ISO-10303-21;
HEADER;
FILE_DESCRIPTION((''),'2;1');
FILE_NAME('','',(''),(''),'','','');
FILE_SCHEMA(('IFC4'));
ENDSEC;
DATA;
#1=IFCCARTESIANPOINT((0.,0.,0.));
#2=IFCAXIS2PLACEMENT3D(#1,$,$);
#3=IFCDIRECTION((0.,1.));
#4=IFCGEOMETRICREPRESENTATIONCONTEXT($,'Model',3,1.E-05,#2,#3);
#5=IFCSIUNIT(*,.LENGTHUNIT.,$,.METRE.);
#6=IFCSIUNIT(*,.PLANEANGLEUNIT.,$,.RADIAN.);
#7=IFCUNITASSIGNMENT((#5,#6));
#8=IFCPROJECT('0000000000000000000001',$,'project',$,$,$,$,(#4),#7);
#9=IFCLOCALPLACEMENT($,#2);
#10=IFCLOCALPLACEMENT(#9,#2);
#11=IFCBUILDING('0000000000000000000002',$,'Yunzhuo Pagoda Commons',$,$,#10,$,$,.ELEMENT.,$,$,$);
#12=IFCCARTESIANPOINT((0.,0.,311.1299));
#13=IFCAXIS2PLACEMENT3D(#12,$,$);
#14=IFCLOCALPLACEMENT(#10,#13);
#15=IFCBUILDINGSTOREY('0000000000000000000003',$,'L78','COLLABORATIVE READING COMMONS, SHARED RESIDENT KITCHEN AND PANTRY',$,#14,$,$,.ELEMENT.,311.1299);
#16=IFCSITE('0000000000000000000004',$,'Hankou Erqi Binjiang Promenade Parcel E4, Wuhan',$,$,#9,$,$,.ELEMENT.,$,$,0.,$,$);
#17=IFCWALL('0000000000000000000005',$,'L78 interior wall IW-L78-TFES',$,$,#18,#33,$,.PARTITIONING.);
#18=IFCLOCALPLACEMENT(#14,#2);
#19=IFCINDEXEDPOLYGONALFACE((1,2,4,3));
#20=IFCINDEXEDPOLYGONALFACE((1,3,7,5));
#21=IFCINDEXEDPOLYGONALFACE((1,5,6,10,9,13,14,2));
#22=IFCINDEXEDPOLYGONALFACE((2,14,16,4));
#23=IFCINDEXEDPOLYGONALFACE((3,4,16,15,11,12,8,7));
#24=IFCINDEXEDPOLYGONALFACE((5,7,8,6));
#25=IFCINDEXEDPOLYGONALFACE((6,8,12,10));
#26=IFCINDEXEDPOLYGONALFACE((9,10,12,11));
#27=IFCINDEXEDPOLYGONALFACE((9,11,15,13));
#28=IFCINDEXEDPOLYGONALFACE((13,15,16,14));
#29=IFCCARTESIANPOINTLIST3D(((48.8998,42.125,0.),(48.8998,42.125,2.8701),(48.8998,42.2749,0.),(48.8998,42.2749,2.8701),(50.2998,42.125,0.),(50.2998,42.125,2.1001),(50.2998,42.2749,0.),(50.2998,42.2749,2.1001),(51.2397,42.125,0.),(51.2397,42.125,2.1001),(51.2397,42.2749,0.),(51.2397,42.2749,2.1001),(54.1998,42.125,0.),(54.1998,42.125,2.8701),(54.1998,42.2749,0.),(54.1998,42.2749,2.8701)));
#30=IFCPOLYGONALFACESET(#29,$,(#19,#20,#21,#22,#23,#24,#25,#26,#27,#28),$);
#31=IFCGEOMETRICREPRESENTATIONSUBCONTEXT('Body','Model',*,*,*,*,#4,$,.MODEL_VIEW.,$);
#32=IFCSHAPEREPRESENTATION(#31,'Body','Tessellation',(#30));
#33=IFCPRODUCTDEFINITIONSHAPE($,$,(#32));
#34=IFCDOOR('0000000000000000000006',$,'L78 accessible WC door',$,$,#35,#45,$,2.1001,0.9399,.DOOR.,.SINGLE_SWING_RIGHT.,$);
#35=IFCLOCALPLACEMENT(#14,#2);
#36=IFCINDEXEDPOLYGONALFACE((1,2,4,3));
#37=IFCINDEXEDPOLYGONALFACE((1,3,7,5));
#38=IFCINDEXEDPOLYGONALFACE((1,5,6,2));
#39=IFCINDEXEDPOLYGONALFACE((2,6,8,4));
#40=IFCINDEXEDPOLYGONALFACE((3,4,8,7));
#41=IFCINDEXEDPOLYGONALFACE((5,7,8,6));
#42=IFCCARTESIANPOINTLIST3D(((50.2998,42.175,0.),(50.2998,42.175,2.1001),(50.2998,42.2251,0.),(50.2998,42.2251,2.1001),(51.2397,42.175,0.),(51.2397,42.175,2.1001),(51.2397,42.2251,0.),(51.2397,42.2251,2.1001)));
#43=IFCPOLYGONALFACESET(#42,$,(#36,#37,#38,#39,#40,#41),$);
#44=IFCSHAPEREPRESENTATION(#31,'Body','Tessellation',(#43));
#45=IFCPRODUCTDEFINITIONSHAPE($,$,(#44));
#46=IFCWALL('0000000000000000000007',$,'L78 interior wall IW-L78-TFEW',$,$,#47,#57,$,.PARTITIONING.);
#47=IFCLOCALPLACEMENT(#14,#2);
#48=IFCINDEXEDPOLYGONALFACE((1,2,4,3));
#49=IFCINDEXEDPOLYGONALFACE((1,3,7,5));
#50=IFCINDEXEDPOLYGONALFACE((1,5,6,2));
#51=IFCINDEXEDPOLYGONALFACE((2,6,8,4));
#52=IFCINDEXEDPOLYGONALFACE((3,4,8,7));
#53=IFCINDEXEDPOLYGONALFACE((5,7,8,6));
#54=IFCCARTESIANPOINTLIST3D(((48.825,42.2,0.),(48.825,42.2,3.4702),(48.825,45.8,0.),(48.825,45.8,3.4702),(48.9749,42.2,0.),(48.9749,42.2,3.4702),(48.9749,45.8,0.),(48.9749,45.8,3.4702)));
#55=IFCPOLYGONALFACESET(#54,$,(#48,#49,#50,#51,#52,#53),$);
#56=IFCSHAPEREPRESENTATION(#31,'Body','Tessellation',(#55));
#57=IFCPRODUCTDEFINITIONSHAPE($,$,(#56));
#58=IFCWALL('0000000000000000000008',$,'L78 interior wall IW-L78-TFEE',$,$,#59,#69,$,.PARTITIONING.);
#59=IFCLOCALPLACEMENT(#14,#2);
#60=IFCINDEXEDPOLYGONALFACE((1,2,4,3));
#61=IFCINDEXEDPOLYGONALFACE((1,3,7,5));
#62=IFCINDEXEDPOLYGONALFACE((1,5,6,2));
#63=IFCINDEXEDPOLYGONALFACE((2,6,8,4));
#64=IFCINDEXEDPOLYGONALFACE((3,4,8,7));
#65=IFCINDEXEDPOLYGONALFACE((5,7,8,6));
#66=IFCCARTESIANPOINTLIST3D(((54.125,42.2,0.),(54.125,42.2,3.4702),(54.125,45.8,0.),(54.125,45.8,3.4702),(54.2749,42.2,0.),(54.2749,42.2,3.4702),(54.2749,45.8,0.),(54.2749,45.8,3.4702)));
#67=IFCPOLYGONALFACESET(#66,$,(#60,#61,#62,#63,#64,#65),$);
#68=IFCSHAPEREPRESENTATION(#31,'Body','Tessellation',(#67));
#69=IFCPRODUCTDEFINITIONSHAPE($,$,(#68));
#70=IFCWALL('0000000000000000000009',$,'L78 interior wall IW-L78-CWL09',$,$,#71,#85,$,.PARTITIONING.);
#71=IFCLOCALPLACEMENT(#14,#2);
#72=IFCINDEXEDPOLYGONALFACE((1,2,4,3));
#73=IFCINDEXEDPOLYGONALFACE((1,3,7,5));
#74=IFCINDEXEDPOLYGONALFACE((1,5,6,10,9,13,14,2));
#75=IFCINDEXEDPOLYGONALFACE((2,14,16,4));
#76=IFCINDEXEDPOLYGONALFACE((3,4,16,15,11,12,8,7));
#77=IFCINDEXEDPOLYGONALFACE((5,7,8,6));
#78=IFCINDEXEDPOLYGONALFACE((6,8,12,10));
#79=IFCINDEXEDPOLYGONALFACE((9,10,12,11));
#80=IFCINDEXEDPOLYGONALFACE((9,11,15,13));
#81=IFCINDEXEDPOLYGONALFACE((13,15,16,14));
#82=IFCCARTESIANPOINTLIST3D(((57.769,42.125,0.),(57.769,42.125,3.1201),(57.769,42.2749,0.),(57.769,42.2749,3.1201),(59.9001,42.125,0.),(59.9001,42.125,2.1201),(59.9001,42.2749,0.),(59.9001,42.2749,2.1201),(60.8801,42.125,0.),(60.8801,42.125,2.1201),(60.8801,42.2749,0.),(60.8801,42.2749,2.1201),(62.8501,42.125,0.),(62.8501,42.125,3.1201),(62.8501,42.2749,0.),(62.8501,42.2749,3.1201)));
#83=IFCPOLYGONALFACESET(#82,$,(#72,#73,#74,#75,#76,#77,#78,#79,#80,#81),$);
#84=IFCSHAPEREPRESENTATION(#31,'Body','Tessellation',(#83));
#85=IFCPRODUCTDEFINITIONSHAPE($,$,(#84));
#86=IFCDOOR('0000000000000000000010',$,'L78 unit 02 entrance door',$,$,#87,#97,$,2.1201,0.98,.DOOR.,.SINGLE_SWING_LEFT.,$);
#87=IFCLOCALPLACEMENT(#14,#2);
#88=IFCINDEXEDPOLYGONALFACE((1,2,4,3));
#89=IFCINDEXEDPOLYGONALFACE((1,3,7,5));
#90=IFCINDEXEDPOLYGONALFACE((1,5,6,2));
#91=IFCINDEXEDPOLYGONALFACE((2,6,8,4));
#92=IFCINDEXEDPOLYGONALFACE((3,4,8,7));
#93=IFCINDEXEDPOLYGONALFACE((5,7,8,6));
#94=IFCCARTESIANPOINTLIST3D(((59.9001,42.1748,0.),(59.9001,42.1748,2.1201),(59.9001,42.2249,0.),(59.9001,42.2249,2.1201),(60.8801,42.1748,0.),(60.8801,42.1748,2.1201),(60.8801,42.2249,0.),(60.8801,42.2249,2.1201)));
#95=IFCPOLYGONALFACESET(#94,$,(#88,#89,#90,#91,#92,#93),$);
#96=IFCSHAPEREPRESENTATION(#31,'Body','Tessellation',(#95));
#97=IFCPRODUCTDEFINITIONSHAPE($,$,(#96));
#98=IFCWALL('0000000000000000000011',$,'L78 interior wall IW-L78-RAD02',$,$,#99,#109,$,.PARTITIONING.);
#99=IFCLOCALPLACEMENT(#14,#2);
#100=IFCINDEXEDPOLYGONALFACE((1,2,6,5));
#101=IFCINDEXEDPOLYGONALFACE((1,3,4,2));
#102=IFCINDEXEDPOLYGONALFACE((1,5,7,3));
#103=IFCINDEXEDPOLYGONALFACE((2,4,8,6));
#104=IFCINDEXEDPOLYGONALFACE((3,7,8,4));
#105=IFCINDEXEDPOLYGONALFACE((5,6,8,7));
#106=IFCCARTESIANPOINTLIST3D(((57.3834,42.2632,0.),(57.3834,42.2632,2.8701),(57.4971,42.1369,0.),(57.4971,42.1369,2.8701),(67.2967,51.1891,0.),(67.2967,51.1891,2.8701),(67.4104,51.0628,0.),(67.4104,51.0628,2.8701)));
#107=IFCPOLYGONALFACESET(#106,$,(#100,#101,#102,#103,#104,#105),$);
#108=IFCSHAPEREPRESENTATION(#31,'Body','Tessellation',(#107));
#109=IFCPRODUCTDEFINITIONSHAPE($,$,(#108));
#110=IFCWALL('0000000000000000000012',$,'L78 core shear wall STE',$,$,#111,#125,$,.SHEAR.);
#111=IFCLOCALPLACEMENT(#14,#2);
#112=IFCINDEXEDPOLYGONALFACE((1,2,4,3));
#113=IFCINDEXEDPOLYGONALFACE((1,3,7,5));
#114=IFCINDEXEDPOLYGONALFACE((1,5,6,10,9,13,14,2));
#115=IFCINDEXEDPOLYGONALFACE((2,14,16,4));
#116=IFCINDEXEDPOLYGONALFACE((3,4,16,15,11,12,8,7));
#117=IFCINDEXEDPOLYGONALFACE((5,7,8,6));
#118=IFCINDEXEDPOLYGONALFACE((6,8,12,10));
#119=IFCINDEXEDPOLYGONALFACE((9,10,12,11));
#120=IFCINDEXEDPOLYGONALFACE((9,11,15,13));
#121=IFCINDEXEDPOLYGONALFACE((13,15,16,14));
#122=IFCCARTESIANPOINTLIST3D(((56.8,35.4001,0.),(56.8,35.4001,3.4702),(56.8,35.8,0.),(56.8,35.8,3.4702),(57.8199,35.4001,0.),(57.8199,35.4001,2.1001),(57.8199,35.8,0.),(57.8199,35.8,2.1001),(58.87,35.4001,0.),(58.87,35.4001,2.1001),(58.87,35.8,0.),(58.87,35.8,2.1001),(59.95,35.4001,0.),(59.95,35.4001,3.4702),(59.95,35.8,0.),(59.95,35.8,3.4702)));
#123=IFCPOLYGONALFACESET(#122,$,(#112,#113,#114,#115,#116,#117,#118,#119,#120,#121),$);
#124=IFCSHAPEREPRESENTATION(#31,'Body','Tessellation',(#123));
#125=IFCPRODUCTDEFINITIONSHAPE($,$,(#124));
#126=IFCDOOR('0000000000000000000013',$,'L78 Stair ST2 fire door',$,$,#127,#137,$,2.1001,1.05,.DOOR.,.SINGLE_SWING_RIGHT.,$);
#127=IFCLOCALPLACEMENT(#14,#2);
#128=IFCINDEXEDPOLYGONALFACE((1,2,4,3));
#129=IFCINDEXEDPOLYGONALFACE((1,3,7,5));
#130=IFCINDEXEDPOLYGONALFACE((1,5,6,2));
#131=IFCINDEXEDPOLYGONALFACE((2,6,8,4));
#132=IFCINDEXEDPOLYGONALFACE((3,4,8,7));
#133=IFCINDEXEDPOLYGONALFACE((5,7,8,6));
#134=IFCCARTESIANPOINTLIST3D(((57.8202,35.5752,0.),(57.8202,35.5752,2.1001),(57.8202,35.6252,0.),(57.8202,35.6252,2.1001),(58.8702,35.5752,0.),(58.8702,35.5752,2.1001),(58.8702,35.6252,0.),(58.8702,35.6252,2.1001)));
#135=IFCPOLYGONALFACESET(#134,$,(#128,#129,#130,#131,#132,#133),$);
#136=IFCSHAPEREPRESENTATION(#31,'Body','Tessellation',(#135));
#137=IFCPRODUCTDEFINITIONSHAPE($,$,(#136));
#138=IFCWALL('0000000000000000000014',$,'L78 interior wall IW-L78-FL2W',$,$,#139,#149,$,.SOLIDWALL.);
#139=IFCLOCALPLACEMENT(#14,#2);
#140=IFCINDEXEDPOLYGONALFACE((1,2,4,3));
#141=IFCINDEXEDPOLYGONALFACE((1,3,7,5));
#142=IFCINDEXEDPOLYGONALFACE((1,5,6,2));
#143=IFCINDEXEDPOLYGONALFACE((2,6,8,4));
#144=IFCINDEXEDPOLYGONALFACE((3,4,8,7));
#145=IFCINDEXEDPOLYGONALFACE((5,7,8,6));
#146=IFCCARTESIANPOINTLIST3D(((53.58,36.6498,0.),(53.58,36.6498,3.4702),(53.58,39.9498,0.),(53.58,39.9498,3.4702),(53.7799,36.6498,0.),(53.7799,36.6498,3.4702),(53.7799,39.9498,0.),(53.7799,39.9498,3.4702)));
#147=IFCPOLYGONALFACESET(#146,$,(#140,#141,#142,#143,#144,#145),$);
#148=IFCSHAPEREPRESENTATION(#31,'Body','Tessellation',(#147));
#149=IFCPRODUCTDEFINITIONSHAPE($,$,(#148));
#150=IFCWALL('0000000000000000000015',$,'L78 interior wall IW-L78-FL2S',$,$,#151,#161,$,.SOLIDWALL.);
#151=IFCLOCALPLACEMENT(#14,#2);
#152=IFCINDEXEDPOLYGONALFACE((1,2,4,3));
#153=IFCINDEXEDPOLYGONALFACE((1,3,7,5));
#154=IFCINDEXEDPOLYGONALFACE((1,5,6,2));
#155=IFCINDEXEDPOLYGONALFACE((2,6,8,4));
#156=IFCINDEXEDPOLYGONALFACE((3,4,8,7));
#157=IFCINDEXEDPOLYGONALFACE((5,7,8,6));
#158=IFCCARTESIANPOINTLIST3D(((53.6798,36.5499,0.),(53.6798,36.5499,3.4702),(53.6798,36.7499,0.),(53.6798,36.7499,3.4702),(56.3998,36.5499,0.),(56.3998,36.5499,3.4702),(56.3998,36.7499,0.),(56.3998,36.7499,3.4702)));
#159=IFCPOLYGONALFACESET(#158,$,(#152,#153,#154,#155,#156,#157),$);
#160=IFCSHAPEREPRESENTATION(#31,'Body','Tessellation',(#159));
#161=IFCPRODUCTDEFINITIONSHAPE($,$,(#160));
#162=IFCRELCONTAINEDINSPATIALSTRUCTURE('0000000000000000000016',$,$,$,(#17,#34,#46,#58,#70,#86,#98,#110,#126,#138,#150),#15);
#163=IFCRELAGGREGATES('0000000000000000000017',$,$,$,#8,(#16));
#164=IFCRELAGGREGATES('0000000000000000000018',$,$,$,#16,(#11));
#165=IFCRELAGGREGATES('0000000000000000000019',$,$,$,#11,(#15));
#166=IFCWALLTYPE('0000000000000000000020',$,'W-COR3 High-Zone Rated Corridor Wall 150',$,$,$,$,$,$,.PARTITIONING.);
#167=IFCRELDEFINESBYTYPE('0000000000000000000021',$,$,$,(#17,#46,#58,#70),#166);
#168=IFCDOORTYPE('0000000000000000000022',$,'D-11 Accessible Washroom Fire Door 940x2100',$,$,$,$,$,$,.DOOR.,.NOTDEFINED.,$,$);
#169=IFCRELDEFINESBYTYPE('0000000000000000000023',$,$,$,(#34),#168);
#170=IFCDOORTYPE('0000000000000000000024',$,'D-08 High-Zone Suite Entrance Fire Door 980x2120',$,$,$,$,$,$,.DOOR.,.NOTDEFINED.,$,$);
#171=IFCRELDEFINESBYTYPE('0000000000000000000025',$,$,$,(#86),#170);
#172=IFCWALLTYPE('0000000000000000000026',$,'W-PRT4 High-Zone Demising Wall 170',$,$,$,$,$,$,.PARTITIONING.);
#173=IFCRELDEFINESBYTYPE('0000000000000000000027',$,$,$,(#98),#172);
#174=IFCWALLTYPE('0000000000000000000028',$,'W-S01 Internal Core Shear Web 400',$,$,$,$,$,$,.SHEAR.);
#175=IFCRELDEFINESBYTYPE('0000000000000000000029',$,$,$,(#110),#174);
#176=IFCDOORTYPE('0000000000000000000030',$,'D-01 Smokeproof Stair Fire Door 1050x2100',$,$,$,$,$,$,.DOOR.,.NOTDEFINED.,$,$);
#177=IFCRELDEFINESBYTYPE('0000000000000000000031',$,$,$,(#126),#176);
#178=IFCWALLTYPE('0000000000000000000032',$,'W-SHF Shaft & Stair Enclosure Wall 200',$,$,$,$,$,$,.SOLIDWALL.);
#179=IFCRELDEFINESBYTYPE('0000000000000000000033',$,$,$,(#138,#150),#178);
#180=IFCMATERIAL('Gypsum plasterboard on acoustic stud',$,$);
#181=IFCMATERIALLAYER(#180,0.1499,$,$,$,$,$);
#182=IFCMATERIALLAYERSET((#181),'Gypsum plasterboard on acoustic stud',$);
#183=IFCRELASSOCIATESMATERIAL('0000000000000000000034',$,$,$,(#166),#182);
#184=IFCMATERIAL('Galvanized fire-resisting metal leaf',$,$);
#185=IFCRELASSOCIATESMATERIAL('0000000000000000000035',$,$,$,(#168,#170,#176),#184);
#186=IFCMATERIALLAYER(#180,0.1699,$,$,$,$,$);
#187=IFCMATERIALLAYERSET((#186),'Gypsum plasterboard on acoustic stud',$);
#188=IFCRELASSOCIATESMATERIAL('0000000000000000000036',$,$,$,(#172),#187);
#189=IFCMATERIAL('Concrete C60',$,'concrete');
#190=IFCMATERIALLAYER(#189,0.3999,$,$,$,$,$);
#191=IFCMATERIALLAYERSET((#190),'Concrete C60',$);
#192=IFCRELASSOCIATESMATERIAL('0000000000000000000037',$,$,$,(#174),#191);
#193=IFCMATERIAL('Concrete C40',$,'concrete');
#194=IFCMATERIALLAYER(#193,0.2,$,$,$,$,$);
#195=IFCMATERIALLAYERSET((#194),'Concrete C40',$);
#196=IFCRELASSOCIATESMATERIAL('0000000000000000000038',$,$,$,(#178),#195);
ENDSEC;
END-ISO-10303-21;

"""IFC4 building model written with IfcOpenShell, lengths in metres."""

from ifc_helpers import new_model, si_unit, direction, frame, frame_2d, origin, origin_with_axes, place, context, subcontext, project, spatial, rectangle, extrude, source, transform, mapped, material, layer, layer_set, type_object, element, fill, save


model = new_model("IFC4")

# Units and contexts
model_context = context("Model", 3, precision=1e-05, world=origin(), true_north=direction((0.0, 1.0)))
body_context = subcontext(model_context, "Body", "Model", "MODEL_VIEW")
ifc_project = project(units=[si_unit("LENGTHUNIT", "METRE"), si_unit("PLANEANGLEUNIT", "RADIAN")], contexts=[model_context])

# Site, building, storey
site_placement = place(None, origin())
site = spatial("IfcSite", under=ifc_project, at=site_placement, Name="Hankou Erqi Binjiang Promenade Parcel E4, Wuhan", CompositionType="ELEMENT", RefElevation=0.0)
building_placement = place(site_placement, origin())
building = spatial("IfcBuilding", under=site, at=building_placement, Name="Yunzhuo Pagoda Commons", CompositionType="ELEMENT")
storey_placement = place(building_placement, frame((0.0, 0.0, 311.1299)))
storey = spatial("IfcBuildingStorey", under=building, at=storey_placement, Name="L78", Description="COLLABORATIVE READING COMMONS, SHARED RESIDENT KITCHEN AND PANTRY", CompositionType="ELEMENT", Elevation=311.1299)

# Shared definitions
ifc_material_1 = material(Name="Galvanized fire-resisting metal leaf")
shared_shape_1 = source(origin(), body_context, "Body", "SweptSolid", [
    extrude(rectangle(XDim=1.05, YDim=2.1001, at=frame_2d((0.5249, 1.05))), frame((0.0, 0.0249, 0.0), z_axis=(0.0, -1.0, 0.0), x_axis=(1.0, 0.0, 0.0)), (0.0, 0.0, 1.0), 0.05),
])

# Shared definitions
ifc_material_2 = material(Name="Gypsum plasterboard on acoustic stud")
ifc_layer_1 = layer(ifc_material_2, 0.1499)
ifc_layer_set_1 = layer_set([ifc_layer_1], Name="Gypsum plasterboard on acoustic stud")
wall_type_1 = type_object("IfcWallType", Name="W-COR3 High-Zone Rated Corridor Wall 150", PredefinedType="PARTITIONING", material=ifc_layer_set_1)

# Wall, opening, door
wall_1_placement = place(storey_placement, frame((48.8999, 42.2, 0.0), z_axis=(0.0, 0.0, 1.0), x_axis=(1.0, 0.0, 0.0)))
wall_1 = element("IfcWall", 1, at=wall_1_placement, inside=storey, type_object=wall_type_1, Name="L78 interior wall IW-L78-TFES", PredefinedType="PARTITIONING", context=body_context, shape_type="SweptSolid", body=[
    extrude(rectangle(XDim=5.3, YDim=0.1499, at=frame_2d((2.6499, 0.0))), origin(), (0.0, 0.0, 1.0), 2.8701),
])
opening_1_placement = place(wall_1_placement, frame((1.3999, 0.0, 0.0)))
opening_1 = element("IfcOpeningElement", 2, at=opening_1_placement, cuts=wall_1, PredefinedType="OPENING", context=body_context, shape_type="SweptSolid", body=[
    extrude(rectangle(XDim=0.9399, YDim=2.1001, at=frame_2d((0.47, 1.05))), frame((0.0, 0.085, 0.0), z_axis=(0.0, -1.0, 0.0), x_axis=(1.0, 0.0, 0.0)), (0.0, 0.0, 1.0), 0.1699),
])
door_type_1 = type_object("IfcDoorType", Name="D-11 Accessible Washroom Fire Door 940x2100", OperationType="NOTDEFINED", PredefinedType="DOOR", material=ifc_material_1)
shared_shape_2 = source(origin(), body_context, "Body", "SweptSolid", [
    extrude(rectangle(XDim=0.9399, YDim=2.1001, at=frame_2d((0.47, 1.05))), frame((0.0, 0.0249, 0.0), z_axis=(0.0, -1.0, 0.0), x_axis=(1.0, 0.0, 0.0)), (0.0, 0.0, 1.0), 0.05),
])
door_1_placement = place(opening_1_placement, frame((0.9399, 0.0, 0.0), z_axis=(0.0, 0.0, 1.0), x_axis=(-1.0, 0.0, 0.0)))
door_1 = element("IfcDoor", 3, at=door_1_placement, inside=storey, type_object=door_type_1, Name="L78 accessible WC door", OperationType="SINGLE_SWING_RIGHT", OverallHeight=2.1001, OverallWidth=0.9399, PredefinedType="DOOR", context=body_context, shape_type="MappedRepresentation", body=[
    mapped(shared_shape_2, transform((0.0, 0.0, 0.0), scale=1.0)),
])
fill(opening_1, door_1)

# Walls
for number, where, z_axis, x_axis, name in (
    (4, (48.8999, 42.2, 0.0), (0.0, 0.0, 1.0), (0.0, 1.0, 0.0), "L78 interior wall IW-L78-TFEW"),
    (5, (54.2, 42.2, 0.0), (0.0, 0.0, 1.0), (0.0, 1.0, 0.0), "L78 interior wall IW-L78-TFEE"),
):
    element("IfcWall", number, at=place(storey_placement, frame(where, z_axis=z_axis, x_axis=x_axis)), inside=storey, type_object=wall_type_1, Name=name, PredefinedType="PARTITIONING", context=body_context, shape_type="SweptSolid", body=[
        extrude(rectangle(XDim=3.6001, YDim=0.1499, at=frame_2d((1.8, 0.0))), origin(), (0.0, 0.0, 1.0), 3.4702),
    ])

# Wall, opening, door
door_type_2 = type_object("IfcDoorType", Name="D-08 High-Zone Suite Entrance Fire Door 980x2120", OperationType="NOTDEFINED", PredefinedType="DOOR", material=ifc_material_1)
shared_shape_3 = source(origin(), body_context, "Body", "SweptSolid", [
    extrude(rectangle(XDim=0.98, YDim=2.1201, at=frame_2d((0.49, 1.0601))), frame((0.0, 0.0249, 0.0), z_axis=(0.0, -1.0, 0.0), x_axis=(1.0, 0.0, 0.0)), (0.0, 0.0, 1.0), 0.05),
])
wall_2_placement = place(storey_placement, frame((57.769, 42.2, 0.0), z_axis=(0.0, 0.0, 1.0), x_axis=(1.0, 0.0, 0.0)))
wall_2 = element("IfcWall", 6, at=wall_2_placement, inside=storey, type_object=wall_type_1, Name="L78 interior wall IW-L78-CWL09", PredefinedType="PARTITIONING", context=body_context, shape_type="SweptSolid", body=[
    extrude(rectangle(XDim=5.0811, YDim=0.1499, at=frame_2d((2.5405, 0.0))), origin(), (0.0, 0.0, 1.0), 3.1201),
])
opening_2_placement = place(wall_2_placement, frame((2.1311, 0.0, 0.0)))
opening_2 = element("IfcOpeningElement", 7, at=opening_2_placement, cuts=wall_2, PredefinedType="OPENING", context=body_context, shape_type="SweptSolid", body=[
    extrude(rectangle(XDim=0.98, YDim=2.1201, at=frame_2d((0.49, 1.0601))), frame((0.0, 0.085, 0.0), z_axis=(0.0, -1.0, 0.0), x_axis=(1.0, 0.0, 0.0)), (0.0, 0.0, 1.0), 0.1699),
])
door_2_placement = place(opening_2_placement, origin_with_axes())
door_2 = element("IfcDoor", 8, at=door_2_placement, inside=storey, type_object=door_type_2, Name="L78 unit 02 entrance door", OperationType="SINGLE_SWING_LEFT", OverallHeight=2.1201, OverallWidth=0.98, PredefinedType="DOOR", context=body_context, shape_type="MappedRepresentation", body=[
    mapped(shared_shape_3, transform((0.0, 0.0, 0.0), scale=1.0)),
])
fill(opening_2, door_2)

# Wall
ifc_layer_2 = layer(ifc_material_2, 0.1699)
ifc_layer_set_2 = layer_set([ifc_layer_2], Name="Gypsum plasterboard on acoustic stud")
wall_type_2 = type_object("IfcWallType", Name="W-PRT4 High-Zone Demising Wall 170", PredefinedType="PARTITIONING", material=ifc_layer_set_2)
wall_3_placement = place(storey_placement, frame((57.4402, 42.2, 0.0), z_axis=(0.0, 0.0, 1.0), x_axis=(0.743144, 0.669132, 0.0)))
element("IfcWall", 9, at=wall_3_placement, inside=storey, type_object=wall_type_2, Name="L78 interior wall IW-L78-RAD02", PredefinedType="PARTITIONING", context=body_context, shape_type="SweptSolid", body=[
    extrude(rectangle(XDim=13.3396, YDim=0.1699, at=frame_2d((6.6699, 0.0))), origin(), (0.0, 0.0, 1.0), 2.8701),
])

# Wall, opening, door
ifc_material_3 = material(Name="Concrete C60", Category="concrete")
ifc_layer_3 = layer(ifc_material_3, 0.3999)
ifc_layer_set_3 = layer_set([ifc_layer_3], Name="Concrete C60")
wall_type_3 = type_object("IfcWallType", Name="W-S01 Internal Core Shear Web 400", PredefinedType="SHEAR", material=ifc_layer_set_3)
wall_4_placement = place(storey_placement, frame((56.8, 35.6001, 0.0), z_axis=(0.0, 0.0, 1.0), x_axis=(1.0, 0.0, 0.0)))
wall_4 = element("IfcWall", 10, at=wall_4_placement, inside=storey, type_object=wall_type_3, Name="L78 core shear wall STE", PredefinedType="SHEAR", context=body_context, shape_type="SweptSolid", body=[
    extrude(rectangle(XDim=3.1499, YDim=0.3999, at=frame_2d((1.575, 0.0))), origin(), (0.0, 0.0, 1.0), 3.4702),
])
opening_3_placement = place(wall_4_placement, frame((1.02, 0.0, 0.0)))
opening_3 = element("IfcOpeningElement", 11, at=opening_3_placement, cuts=wall_4, PredefinedType="OPENING", context=body_context, shape_type="SweptSolid", body=[
    extrude(rectangle(XDim=1.05, YDim=2.1001, at=frame_2d((0.5249, 1.05))), frame((0.0, 0.21, 0.0), z_axis=(0.0, -1.0, 0.0), x_axis=(1.0, 0.0, 0.0)), (0.0, 0.0, 1.0), 0.4199),
])
door_type_3 = type_object("IfcDoorType", Name="D-01 Smokeproof Stair Fire Door 1050x2100", OperationType="NOTDEFINED", PredefinedType="DOOR", material=ifc_material_1)
door_3_placement = place(opening_3_placement, frame((1.05, 0.0, 0.0), z_axis=(0.0, 0.0, 1.0), x_axis=(-1.0, 0.0, 0.0)))
door_3 = element("IfcDoor", 12, at=door_3_placement, inside=storey, type_object=door_type_3, Name="L78 Stair ST2 fire door", OperationType="SINGLE_SWING_RIGHT", OverallHeight=2.1001, OverallWidth=1.05, PredefinedType="DOOR", context=body_context, shape_type="MappedRepresentation", body=[
    mapped(shared_shape_1, transform((0.0, 0.0, 0.0), scale=1.0)),
])
fill(opening_3, door_3)

# Walls
ifc_material_4 = material(Name="Concrete C40", Category="concrete")
ifc_layer_4 = layer(ifc_material_4, 0.2)
ifc_layer_set_4 = layer_set([ifc_layer_4], Name="Concrete C40")
wall_type_4 = type_object("IfcWallType", Name="W-SHF Shaft & Stair Enclosure Wall 200", PredefinedType="SOLIDWALL", material=ifc_layer_set_4)
wall_5_placement = place(storey_placement, frame((53.6799, 36.6499, 0.0), z_axis=(0.0, 0.0, 1.0), x_axis=(0.0, 1.0, 0.0)))
element("IfcWall", 13, at=wall_5_placement, inside=storey, type_object=wall_type_4, Name="L78 interior wall IW-L78-FL2W", PredefinedType="SOLIDWALL", context=body_context, shape_type="SweptSolid", body=[
    extrude(rectangle(XDim=3.3, YDim=0.2, at=frame_2d((1.6499, 0.0))), origin(), (0.0, 0.0, 1.0), 3.4702),
])
wall_6_placement = place(storey_placement, frame((53.6799, 36.6499, 0.0), z_axis=(0.0, 0.0, 1.0), x_axis=(1.0, 0.0, 0.0)))
element("IfcWall", 14, at=wall_6_placement, inside=storey, type_object=wall_type_4, Name="L78 interior wall IW-L78-FL2S", PredefinedType="SOLIDWALL", context=body_context, shape_type="SweptSolid", body=[
    extrude(rectangle(XDim=2.72, YDim=0.2, at=frame_2d((1.3599, 0.0))), origin(), (0.0, 0.0, 1.0), 3.4702),
])

save(model, "model.ifc")
